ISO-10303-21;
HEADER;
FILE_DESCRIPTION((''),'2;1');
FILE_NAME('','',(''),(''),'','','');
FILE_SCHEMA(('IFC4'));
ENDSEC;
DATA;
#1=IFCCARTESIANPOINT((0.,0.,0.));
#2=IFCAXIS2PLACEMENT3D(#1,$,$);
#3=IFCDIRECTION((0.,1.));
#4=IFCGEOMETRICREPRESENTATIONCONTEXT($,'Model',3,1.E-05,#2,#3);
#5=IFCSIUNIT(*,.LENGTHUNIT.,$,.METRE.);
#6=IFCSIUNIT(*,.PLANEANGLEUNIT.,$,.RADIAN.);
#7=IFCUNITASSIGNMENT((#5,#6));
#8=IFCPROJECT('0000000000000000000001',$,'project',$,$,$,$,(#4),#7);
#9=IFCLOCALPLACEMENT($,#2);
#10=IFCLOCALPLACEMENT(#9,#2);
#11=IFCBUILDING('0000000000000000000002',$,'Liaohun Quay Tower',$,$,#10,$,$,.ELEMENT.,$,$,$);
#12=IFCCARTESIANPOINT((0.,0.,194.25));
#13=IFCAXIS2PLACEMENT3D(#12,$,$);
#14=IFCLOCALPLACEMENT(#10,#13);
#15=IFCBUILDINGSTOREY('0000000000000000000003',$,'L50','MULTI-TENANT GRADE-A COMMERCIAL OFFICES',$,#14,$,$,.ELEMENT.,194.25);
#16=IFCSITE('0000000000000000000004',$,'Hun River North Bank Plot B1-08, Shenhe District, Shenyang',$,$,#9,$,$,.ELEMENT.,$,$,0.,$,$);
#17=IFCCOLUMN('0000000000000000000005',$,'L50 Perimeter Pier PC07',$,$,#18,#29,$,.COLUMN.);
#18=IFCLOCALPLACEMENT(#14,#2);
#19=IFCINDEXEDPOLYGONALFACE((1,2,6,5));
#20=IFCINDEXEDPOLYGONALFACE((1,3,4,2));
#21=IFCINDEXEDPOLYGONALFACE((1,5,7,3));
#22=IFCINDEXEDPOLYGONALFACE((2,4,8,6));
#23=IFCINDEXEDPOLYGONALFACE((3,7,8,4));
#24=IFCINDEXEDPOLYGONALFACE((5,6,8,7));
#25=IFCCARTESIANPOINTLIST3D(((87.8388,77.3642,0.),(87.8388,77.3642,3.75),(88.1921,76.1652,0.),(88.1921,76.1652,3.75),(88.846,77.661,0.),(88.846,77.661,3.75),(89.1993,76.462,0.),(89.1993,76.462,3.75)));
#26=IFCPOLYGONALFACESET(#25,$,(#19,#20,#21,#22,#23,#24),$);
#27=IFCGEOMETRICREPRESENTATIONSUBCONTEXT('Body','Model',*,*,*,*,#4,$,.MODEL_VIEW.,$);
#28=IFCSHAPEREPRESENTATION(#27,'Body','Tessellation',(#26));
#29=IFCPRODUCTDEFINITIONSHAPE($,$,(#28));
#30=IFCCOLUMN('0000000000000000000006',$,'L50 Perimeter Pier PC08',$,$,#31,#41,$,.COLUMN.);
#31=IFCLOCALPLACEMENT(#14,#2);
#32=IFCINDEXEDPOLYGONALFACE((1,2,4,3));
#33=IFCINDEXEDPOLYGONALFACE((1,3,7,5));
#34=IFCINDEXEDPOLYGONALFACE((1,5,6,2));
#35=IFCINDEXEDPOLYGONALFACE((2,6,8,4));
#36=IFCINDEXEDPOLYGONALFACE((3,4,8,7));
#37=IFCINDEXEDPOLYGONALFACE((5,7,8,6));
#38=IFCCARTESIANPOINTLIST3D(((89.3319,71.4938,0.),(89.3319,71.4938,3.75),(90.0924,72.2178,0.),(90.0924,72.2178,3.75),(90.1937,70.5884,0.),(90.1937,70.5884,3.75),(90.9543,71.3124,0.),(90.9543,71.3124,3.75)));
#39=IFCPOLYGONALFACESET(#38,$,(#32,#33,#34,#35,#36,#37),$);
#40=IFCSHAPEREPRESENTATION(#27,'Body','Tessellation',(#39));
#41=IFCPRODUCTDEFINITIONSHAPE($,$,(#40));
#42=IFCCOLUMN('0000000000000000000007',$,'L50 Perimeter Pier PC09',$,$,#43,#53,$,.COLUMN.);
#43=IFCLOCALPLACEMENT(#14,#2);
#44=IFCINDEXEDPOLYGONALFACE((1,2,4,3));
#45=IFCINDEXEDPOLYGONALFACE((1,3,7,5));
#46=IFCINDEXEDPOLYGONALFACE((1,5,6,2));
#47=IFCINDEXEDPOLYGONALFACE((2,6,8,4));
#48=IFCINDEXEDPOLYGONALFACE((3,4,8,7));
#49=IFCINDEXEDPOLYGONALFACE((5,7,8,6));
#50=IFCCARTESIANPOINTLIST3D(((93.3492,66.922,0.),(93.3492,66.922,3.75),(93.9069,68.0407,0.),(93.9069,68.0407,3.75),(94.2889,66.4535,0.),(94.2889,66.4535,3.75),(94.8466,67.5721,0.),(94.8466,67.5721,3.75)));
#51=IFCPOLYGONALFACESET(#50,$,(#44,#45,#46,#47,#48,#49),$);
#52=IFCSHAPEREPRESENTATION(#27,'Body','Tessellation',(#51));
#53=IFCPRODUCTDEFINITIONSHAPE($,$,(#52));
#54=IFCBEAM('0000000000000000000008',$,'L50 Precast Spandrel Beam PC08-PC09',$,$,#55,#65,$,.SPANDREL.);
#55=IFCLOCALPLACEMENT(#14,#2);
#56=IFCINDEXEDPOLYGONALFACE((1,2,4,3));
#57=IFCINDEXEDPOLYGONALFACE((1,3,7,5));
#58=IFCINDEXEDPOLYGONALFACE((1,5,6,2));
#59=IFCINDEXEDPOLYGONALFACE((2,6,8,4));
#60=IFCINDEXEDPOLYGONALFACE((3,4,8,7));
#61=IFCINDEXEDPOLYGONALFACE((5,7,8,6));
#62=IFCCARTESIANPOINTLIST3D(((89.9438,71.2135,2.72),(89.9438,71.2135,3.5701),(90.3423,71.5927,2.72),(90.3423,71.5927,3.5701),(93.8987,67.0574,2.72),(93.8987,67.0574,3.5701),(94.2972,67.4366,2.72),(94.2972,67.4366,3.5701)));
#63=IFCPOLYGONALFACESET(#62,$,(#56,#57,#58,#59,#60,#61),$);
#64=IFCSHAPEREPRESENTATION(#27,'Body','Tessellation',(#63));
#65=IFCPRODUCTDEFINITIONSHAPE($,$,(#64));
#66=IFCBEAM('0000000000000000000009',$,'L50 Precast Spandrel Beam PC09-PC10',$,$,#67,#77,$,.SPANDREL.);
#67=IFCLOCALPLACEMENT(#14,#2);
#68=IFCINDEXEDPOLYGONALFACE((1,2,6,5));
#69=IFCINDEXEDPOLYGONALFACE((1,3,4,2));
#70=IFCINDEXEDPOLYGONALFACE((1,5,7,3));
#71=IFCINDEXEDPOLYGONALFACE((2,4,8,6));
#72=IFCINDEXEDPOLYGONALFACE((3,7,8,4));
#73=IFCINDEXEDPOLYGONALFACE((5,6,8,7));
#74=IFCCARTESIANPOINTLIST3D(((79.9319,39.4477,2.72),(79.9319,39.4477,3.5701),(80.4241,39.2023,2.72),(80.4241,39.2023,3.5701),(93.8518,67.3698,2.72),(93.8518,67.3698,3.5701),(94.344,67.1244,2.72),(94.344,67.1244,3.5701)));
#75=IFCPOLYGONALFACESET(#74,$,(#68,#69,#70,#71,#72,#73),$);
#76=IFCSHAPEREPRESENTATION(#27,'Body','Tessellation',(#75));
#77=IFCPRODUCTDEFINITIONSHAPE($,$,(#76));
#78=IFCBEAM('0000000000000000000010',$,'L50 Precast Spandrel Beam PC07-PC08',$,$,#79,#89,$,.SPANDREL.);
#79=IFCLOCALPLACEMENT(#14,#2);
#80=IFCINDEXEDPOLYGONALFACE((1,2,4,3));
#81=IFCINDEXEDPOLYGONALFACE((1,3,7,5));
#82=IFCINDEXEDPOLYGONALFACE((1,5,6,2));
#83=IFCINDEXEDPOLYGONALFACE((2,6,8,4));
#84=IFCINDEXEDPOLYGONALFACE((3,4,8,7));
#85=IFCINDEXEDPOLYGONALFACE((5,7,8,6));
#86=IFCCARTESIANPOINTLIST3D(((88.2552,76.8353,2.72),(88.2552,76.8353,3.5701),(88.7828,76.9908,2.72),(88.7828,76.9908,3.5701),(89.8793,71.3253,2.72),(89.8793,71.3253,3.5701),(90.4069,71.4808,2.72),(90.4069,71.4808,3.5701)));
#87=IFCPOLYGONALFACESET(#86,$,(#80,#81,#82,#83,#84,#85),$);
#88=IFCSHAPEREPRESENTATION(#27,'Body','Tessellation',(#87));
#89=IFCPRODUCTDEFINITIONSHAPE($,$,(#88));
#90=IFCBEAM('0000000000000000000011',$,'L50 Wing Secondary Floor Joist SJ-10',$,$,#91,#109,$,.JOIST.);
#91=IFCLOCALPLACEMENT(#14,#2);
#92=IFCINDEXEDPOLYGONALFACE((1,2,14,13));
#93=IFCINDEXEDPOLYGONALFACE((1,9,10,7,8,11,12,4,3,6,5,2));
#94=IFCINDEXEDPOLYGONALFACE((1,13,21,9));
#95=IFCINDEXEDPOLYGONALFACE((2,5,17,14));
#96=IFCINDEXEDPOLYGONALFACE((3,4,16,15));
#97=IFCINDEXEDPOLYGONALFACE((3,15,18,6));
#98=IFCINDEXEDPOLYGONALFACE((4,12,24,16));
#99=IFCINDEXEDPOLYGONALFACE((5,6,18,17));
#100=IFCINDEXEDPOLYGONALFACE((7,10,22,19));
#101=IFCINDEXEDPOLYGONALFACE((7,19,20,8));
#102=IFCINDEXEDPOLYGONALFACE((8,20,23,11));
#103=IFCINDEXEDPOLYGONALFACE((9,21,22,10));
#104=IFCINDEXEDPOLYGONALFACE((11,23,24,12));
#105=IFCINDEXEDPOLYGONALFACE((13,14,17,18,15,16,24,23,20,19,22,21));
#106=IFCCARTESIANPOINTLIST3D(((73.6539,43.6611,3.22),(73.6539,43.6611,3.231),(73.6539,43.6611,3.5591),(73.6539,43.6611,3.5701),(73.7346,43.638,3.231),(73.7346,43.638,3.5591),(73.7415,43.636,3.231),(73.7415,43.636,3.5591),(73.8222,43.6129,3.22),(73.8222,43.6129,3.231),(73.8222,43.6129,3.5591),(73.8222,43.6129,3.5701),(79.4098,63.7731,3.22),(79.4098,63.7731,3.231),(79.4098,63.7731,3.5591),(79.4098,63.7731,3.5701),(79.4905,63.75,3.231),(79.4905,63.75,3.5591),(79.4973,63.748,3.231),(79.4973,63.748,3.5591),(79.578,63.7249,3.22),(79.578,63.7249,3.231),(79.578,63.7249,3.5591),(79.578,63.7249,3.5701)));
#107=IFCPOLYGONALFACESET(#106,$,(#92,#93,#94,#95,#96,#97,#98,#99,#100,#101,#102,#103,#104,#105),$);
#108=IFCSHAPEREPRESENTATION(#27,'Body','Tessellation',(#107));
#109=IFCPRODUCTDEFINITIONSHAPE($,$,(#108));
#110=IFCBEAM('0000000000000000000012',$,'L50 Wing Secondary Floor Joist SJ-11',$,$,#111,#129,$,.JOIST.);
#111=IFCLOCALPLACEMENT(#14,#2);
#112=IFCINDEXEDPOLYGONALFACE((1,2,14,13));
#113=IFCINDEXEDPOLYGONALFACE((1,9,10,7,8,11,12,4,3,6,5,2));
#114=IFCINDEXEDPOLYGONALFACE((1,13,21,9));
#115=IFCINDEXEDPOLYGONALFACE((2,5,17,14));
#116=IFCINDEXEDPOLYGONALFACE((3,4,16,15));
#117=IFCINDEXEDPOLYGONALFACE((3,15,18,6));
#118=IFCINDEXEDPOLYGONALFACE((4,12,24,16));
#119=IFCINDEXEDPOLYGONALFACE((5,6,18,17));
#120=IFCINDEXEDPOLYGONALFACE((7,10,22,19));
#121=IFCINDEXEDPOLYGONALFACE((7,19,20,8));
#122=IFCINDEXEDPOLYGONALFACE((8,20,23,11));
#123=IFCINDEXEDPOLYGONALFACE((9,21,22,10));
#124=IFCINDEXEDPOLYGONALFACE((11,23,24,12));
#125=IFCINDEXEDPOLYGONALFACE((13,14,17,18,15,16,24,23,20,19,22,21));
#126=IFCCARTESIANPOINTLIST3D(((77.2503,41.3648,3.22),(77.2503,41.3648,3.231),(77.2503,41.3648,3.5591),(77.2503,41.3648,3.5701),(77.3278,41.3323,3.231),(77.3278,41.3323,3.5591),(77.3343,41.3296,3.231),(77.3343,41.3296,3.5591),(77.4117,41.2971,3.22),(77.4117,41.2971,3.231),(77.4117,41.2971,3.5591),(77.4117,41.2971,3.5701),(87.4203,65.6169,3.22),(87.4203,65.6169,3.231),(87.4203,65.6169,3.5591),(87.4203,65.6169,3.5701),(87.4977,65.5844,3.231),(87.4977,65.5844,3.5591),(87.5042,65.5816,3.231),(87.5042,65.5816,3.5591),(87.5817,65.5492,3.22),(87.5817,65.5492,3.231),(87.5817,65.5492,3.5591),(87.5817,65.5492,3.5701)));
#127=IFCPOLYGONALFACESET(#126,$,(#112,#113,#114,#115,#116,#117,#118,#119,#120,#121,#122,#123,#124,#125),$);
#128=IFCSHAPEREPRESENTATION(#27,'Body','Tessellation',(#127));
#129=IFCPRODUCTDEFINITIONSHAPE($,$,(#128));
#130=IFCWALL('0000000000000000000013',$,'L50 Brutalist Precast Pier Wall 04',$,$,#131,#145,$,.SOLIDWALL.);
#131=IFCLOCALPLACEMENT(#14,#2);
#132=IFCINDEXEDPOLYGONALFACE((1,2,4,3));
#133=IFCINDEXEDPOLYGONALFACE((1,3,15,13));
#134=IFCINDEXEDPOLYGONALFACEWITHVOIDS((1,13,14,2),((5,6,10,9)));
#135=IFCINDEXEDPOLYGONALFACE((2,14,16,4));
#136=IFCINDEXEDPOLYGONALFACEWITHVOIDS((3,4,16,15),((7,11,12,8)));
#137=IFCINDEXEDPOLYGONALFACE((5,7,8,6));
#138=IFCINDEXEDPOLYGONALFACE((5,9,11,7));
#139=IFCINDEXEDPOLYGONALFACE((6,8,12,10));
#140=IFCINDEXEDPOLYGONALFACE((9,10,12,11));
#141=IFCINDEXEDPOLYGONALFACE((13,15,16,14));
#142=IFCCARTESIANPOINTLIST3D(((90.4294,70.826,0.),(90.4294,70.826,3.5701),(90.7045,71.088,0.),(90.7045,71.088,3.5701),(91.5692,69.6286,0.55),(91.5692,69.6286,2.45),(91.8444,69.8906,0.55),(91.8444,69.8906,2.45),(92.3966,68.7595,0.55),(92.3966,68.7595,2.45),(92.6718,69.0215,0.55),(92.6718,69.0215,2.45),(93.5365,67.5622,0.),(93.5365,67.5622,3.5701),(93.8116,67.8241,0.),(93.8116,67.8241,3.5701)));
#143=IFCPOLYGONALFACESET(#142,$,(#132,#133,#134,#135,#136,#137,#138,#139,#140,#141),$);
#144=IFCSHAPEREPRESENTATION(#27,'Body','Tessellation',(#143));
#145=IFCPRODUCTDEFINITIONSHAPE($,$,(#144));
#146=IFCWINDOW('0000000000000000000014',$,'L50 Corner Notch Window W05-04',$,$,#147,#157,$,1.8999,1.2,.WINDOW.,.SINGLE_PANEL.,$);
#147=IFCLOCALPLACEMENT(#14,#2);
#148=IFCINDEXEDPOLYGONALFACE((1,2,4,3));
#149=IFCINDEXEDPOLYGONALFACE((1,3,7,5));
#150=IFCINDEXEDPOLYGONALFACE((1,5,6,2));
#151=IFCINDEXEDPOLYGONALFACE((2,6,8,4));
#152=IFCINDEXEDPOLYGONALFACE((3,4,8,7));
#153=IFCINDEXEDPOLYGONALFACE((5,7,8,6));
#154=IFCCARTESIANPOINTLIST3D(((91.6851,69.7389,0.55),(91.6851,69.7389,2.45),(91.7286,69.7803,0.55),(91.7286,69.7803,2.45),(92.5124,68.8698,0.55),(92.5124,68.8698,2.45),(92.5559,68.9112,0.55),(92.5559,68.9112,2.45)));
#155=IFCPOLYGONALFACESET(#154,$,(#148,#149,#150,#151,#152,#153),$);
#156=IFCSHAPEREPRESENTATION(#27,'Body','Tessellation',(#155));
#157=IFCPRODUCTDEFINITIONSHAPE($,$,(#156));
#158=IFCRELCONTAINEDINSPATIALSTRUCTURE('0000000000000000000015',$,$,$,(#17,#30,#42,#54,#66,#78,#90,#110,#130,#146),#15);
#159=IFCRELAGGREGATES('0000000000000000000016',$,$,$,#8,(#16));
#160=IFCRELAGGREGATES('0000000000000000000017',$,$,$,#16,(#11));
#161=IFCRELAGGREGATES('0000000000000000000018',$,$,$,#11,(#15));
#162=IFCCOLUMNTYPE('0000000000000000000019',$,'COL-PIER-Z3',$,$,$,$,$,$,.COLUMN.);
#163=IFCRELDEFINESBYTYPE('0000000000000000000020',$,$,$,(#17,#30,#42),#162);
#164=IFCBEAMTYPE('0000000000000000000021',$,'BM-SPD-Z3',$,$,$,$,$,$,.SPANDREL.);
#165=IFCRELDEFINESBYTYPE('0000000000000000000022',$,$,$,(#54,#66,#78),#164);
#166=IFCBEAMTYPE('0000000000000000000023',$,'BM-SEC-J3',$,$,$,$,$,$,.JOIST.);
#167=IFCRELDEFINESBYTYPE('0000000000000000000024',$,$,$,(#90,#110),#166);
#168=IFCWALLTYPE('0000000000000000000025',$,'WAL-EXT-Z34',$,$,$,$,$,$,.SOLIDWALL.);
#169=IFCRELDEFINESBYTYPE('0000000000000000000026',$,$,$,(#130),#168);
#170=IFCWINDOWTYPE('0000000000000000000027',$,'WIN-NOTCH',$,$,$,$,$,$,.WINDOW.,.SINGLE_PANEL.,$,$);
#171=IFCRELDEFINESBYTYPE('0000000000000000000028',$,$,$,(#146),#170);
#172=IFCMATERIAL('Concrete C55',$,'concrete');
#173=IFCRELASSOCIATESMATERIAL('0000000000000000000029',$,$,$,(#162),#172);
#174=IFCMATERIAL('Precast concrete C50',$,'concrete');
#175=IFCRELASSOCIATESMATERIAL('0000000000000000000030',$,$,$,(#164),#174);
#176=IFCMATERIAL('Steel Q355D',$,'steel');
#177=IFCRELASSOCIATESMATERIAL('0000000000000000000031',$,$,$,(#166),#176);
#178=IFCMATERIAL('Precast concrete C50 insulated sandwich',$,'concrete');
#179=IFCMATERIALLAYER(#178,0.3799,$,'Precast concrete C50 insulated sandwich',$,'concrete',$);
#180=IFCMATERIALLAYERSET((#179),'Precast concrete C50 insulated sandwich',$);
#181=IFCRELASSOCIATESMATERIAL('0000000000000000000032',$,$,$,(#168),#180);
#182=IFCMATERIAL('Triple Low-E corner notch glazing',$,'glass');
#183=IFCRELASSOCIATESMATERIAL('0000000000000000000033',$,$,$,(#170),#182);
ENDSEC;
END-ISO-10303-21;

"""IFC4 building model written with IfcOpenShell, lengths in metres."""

from ifc_helpers import new_model, si_unit, direction, frame, frame_2d, origin, origin_2d, place, context, subcontext, project, spatial, rectangle, i_section, extrude, source, transform, mapped, material, layer, layer_set, material_profile, profile_set, type_object, element, fill, save


model = new_model("IFC4")

# Units and contexts
model_context = context("Model", 3, precision=1e-05, world=origin(), true_north=direction((0.0, 1.0)))
body_context = subcontext(model_context, "Body", "Model", "MODEL_VIEW")
ifc_project = project(units=[si_unit("LENGTHUNIT", "METRE"), si_unit("PLANEANGLEUNIT", "RADIAN")], contexts=[model_context])

# Site, building, storey
site_placement = place(None, origin())
site = spatial("IfcSite", under=ifc_project, at=site_placement, Name="Hun River North Bank Plot B1-08, Shenhe District, Shenyang", CompositionType="ELEMENT", RefElevation=0.0)
building_placement = place(site_placement, origin())
building = spatial("IfcBuilding", under=site, at=building_placement, Name="Liaohun Quay Tower", CompositionType="ELEMENT")
storey_placement = place(building_placement, frame((0.0, 0.0, 194.25)))
storey = spatial("IfcBuildingStorey", under=building, at=storey_placement, Name="L50", Description="MULTI-TENANT GRADE-A COMMERCIAL OFFICES", CompositionType="ELEMENT", Elevation=194.25)

# Columns
ifc_material_1 = material(Name="Concrete C55", Category="concrete")
ifc_material_profile_1 = material_profile(ifc_material_1, rectangle(XDim=1.25, YDim=1.05, at=origin_2d()), Name="RC1250x1050")
ifc_profile_set_1 = profile_set([ifc_material_profile_1], Name="Concrete C55")
column_type = type_object("IfcColumnType", Name="COL-PIER-Z3", PredefinedType="COLUMN", material=ifc_profile_set_1)
shared_shape_1 = source(origin(), body_context, "Body", "SweptSolid", [
    extrude(rectangle(XDim=1.25, YDim=1.05, at=origin_2d()), origin(), (0.0, 0.0, 1.0), 3.75),
])
for number, where, z_axis, x_axis, name in (
    (1, (88.519, 76.9131, 0.0), (0.0, 0.0, 1.0), (-0.282676, 0.959215, 0.0), "L50 Perimeter Pier PC07"),
    (2, (90.1431, 71.4031, 0.0), (0.0, 0.0, 1.0), (-0.689493, 0.724292, 0.0), "L50 Perimeter Pier PC08"),
    (3, (94.0979, 67.2471, 0.0), (0.0, 0.0, 1.0), (0.446198, 0.894934, 0.0), "L50 Perimeter Pier PC09"),
):
    element("IfcColumn", number, at=place(storey_placement, frame(where, z_axis=z_axis, x_axis=x_axis)), inside=storey, type_object=column_type, Name=name, PredefinedType="COLUMN", context=body_context, shape_type="MappedRepresentation", body=[
        mapped(shared_shape_1, transform((0.0, 0.0, 0.0), x_axis=(1.0, 0.0, 0.0), y_axis=(0.0, 1.0, 0.0), z_axis=(0.0, 0.0, 1.0), scale=1.0)),
    ])

# Beams
ifc_material_2 = material(Name="Precast concrete C50", Category="concrete")
ifc_material_profile_2 = material_profile(ifc_material_2, rectangle(XDim=0.55, YDim=0.8501, at=origin_2d()), Name="RC550x850")
ifc_profile_set_2 = profile_set([ifc_material_profile_2], Name="Precast concrete C50")
beam_type_1 = type_object("IfcBeamType", Name="BM-SPD-Z3", PredefinedType="SPANDREL", material=ifc_profile_set_2)
shared_shape_2 = source(origin(), body_context, "Body", "SweptSolid", [
    extrude(rectangle(XDim=0.55, YDim=0.8501, at=origin_2d()), origin(), (0.0, 0.0, 1.0), 5.7371),
])
beam_1_placement = place(storey_placement, frame((90.1431, 71.4031, 3.145), z_axis=(0.689357, -0.724422, 0.0), x_axis=(0.724422, 0.689357, 0.0)))
element("IfcBeam", 4, at=beam_1_placement, inside=storey, type_object=beam_type_1, Name="L50 Precast Spandrel Beam PC08-PC09", PredefinedType="SPANDREL", context=body_context, shape_type="MappedRepresentation", body=[
    mapped(shared_shape_2, transform((0.0, 0.0, 0.0), x_axis=(1.0, 0.0, 0.0), y_axis=(0.0, 1.0, 0.0), z_axis=(0.0, 0.0, 1.0), scale=1.0)),
])
shared_shape_3 = source(origin(), body_context, "Body", "SweptSolid", [
    extrude(rectangle(XDim=0.55, YDim=0.8501, at=origin_2d()), origin(), (0.0, 0.0, 1.0), 31.1995),
])
beam_2_placement = place(storey_placement, frame((94.0979, 67.2471, 3.145), z_axis=(-0.446158, -0.894954, 0.0), x_axis=(0.894954, -0.446158, 0.0)))
element("IfcBeam", 5, at=beam_2_placement, inside=storey, type_object=beam_type_1, Name="L50 Precast Spandrel Beam PC09-PC10", PredefinedType="SPANDREL", context=body_context, shape_type="MappedRepresentation", body=[
    mapped(shared_shape_3, transform((0.0, 0.0, 0.0), x_axis=(1.0, 0.0, 0.0), y_axis=(0.0, 1.0, 0.0), z_axis=(0.0, 0.0, 1.0), scale=1.0)),
])
shared_shape_4 = source(origin(), body_context, "Body", "SweptSolid", [
    extrude(rectangle(XDim=0.55, YDim=0.8501, at=origin_2d()), origin(), (0.0, 0.0, 1.0), 5.7444),
])
beam_3_placement = place(storey_placement, frame((88.519, 76.9131, 3.145), z_axis=(0.282716, -0.959204, 0.0), x_axis=(0.959204, 0.282716, 0.0)))
element("IfcBeam", 6, at=beam_3_placement, inside=storey, type_object=beam_type_1, Name="L50 Precast Spandrel Beam PC07-PC08", PredefinedType="SPANDREL", context=body_context, shape_type="MappedRepresentation", body=[
    mapped(shared_shape_4, transform((0.0, 0.0, 0.0), x_axis=(1.0, 0.0, 0.0), y_axis=(0.0, 1.0, 0.0), z_axis=(0.0, 0.0, 1.0), scale=1.0)),
])
ifc_material_3 = material(Name="Steel Q355D", Category="steel")
ifc_material_profile_3 = material_profile(ifc_material_3, i_section(OverallWidth=0.175, OverallDepth=0.3501, WebThickness=0.0071, FlangeThickness=0.011, at=origin_2d()), Name="HN350x175x7x11")
ifc_profile_set_3 = profile_set([ifc_material_profile_3], Name="Steel Q355D")
beam_type_2 = type_object("IfcBeamType", Name="BM-SEC-J3", PredefinedType="JOIST", material=ifc_profile_set_3)
shared_shape_5 = source(origin(), body_context, "Body", "SweptSolid", [
    extrude(i_section(OverallWidth=0.175, OverallDepth=0.3501, WebThickness=0.0071, FlangeThickness=0.011, at=origin_2d()), origin(), (0.0, 0.0, 1.0), 20.9194),
])
beam_4_placement = place(storey_placement, frame((79.4939, 63.749, 3.395), z_axis=(-0.275143, -0.961403, 0.0), x_axis=(0.961403, -0.275143, 0.0)))
element("IfcBeam", 7, at=beam_4_placement, inside=storey, type_object=beam_type_2, Name="L50 Wing Secondary Floor Joist SJ-10", PredefinedType="JOIST", context=body_context, shape_type="MappedRepresentation", body=[
    mapped(shared_shape_5, transform((0.0, 0.0, 0.0), x_axis=(1.0, 0.0, 0.0), y_axis=(0.0, 1.0, 0.0), z_axis=(0.0, 0.0, 1.0), scale=1.0)),
])
shared_shape_6 = source(origin(), body_context, "Body", "SweptSolid", [
    extrude(i_section(OverallWidth=0.175, OverallDepth=0.3501, WebThickness=0.0071, FlangeThickness=0.011, at=origin_2d()), origin(), (0.0, 0.0, 1.0), 26.2981),
])
beam_5_placement = place(storey_placement, frame((87.501, 65.583, 3.395), z_axis=(-0.386719, -0.922198, 0.0), x_axis=(0.922198, -0.386719, 0.0)))
element("IfcBeam", 8, at=beam_5_placement, inside=storey, type_object=beam_type_2, Name="L50 Wing Secondary Floor Joist SJ-11", PredefinedType="JOIST", context=body_context, shape_type="MappedRepresentation", body=[
    mapped(shared_shape_6, transform((0.0, 0.0, 0.0), x_axis=(1.0, 0.0, 0.0), y_axis=(0.0, 1.0, 0.0), z_axis=(0.0, 0.0, 1.0), scale=1.0)),
])

# Wall, opening, window
ifc_material_4 = material(Name="Precast concrete C50 insulated sandwich", Category="concrete")
ifc_layer_1 = layer(ifc_material_4, 0.3799, Name="Precast concrete C50 insulated sandwich", Category="concrete")
ifc_layer_set_1 = layer_set([ifc_layer_1], Name="Precast concrete C50 insulated sandwich")
wall_type_1 = type_object("IfcWallType", Name="WAL-EXT-Z34", PredefinedType="SOLIDWALL", material=ifc_layer_set_1)
wall_1_placement = place(storey_placement, frame((93.6741, 67.6931, 0.0), z_axis=(0.0, 0.0, 1.0), x_axis=(-0.689502, 0.724284, 0.0)))
wall_1 = element("IfcWall", 9, at=wall_1_placement, inside=storey, type_object=wall_type_1, Name="L50 Brutalist Precast Pier Wall 04", PredefinedType="SOLIDWALL", context=body_context, shape_type="SweptSolid", body=[
    extrude(rectangle(XDim=4.5063, YDim=0.3799, at=frame_2d((2.2532, 0.0))), origin(), (0.0, 0.0, 1.0), 3.5701),
])
shared_shape_7 = source(origin(), body_context, "Body", "SweptSolid", [
    extrude(rectangle(XDim=1.2, YDim=1.8999, at=frame_2d((0.6001, 0.95))), frame((0.0, 0.2, 0.0), z_axis=(0.0, -1.0, 0.0), x_axis=(1.0, 0.0, 0.0)), (0.0, 0.0, 1.0), 0.3999),
])
opening_1_placement = place(wall_1_placement, frame((1.6531, 0.0, 0.55)))
opening_1 = element("IfcOpeningElement", 10, at=opening_1_placement, cuts=wall_1, PredefinedType="OPENING", context=body_context, shape_type="MappedRepresentation", body=[
    mapped(shared_shape_7, transform((0.0, 0.0, 0.0), x_axis=(1.0, 0.0, 0.0), y_axis=(0.0, 1.0, 0.0), z_axis=(0.0, 0.0, 1.0), scale=1.0)),
])
ifc_material_5 = material(Name="Triple Low-E corner notch glazing", Category="glass")
window_type_1 = type_object("IfcWindowType", Name="WIN-NOTCH", PartitioningType="SINGLE_PANEL", PredefinedType="WINDOW", material=ifc_material_5)
shared_shape_8 = source(origin(), body_context, "Body", "SweptSolid", [
    extrude(rectangle(XDim=1.2, YDim=1.8999, at=frame_2d((0.6001, 0.95))), frame((0.0, 0.03, 0.0), z_axis=(0.0, -1.0, 0.0), x_axis=(1.0, 0.0, 0.0)), (0.0, 0.0, 1.0), 0.0601),
])
window_1_placement = place(opening_1_placement, origin())
window_1 = element("IfcWindow", 11, at=window_1_placement, inside=storey, type_object=window_type_1, Name="L50 Corner Notch Window W05-04", OverallHeight=1.8999, OverallWidth=1.2, PartitioningType="SINGLE_PANEL", PredefinedType="WINDOW", context=body_context, shape_type="MappedRepresentation", body=[
    mapped(shared_shape_8, transform((0.0, 0.0, 0.0), x_axis=(1.0, 0.0, 0.0), y_axis=(0.0, 1.0, 0.0), z_axis=(0.0, 0.0, 1.0), scale=1.0)),
])
fill(opening_1, window_1)

save(model, "model.ifc")
